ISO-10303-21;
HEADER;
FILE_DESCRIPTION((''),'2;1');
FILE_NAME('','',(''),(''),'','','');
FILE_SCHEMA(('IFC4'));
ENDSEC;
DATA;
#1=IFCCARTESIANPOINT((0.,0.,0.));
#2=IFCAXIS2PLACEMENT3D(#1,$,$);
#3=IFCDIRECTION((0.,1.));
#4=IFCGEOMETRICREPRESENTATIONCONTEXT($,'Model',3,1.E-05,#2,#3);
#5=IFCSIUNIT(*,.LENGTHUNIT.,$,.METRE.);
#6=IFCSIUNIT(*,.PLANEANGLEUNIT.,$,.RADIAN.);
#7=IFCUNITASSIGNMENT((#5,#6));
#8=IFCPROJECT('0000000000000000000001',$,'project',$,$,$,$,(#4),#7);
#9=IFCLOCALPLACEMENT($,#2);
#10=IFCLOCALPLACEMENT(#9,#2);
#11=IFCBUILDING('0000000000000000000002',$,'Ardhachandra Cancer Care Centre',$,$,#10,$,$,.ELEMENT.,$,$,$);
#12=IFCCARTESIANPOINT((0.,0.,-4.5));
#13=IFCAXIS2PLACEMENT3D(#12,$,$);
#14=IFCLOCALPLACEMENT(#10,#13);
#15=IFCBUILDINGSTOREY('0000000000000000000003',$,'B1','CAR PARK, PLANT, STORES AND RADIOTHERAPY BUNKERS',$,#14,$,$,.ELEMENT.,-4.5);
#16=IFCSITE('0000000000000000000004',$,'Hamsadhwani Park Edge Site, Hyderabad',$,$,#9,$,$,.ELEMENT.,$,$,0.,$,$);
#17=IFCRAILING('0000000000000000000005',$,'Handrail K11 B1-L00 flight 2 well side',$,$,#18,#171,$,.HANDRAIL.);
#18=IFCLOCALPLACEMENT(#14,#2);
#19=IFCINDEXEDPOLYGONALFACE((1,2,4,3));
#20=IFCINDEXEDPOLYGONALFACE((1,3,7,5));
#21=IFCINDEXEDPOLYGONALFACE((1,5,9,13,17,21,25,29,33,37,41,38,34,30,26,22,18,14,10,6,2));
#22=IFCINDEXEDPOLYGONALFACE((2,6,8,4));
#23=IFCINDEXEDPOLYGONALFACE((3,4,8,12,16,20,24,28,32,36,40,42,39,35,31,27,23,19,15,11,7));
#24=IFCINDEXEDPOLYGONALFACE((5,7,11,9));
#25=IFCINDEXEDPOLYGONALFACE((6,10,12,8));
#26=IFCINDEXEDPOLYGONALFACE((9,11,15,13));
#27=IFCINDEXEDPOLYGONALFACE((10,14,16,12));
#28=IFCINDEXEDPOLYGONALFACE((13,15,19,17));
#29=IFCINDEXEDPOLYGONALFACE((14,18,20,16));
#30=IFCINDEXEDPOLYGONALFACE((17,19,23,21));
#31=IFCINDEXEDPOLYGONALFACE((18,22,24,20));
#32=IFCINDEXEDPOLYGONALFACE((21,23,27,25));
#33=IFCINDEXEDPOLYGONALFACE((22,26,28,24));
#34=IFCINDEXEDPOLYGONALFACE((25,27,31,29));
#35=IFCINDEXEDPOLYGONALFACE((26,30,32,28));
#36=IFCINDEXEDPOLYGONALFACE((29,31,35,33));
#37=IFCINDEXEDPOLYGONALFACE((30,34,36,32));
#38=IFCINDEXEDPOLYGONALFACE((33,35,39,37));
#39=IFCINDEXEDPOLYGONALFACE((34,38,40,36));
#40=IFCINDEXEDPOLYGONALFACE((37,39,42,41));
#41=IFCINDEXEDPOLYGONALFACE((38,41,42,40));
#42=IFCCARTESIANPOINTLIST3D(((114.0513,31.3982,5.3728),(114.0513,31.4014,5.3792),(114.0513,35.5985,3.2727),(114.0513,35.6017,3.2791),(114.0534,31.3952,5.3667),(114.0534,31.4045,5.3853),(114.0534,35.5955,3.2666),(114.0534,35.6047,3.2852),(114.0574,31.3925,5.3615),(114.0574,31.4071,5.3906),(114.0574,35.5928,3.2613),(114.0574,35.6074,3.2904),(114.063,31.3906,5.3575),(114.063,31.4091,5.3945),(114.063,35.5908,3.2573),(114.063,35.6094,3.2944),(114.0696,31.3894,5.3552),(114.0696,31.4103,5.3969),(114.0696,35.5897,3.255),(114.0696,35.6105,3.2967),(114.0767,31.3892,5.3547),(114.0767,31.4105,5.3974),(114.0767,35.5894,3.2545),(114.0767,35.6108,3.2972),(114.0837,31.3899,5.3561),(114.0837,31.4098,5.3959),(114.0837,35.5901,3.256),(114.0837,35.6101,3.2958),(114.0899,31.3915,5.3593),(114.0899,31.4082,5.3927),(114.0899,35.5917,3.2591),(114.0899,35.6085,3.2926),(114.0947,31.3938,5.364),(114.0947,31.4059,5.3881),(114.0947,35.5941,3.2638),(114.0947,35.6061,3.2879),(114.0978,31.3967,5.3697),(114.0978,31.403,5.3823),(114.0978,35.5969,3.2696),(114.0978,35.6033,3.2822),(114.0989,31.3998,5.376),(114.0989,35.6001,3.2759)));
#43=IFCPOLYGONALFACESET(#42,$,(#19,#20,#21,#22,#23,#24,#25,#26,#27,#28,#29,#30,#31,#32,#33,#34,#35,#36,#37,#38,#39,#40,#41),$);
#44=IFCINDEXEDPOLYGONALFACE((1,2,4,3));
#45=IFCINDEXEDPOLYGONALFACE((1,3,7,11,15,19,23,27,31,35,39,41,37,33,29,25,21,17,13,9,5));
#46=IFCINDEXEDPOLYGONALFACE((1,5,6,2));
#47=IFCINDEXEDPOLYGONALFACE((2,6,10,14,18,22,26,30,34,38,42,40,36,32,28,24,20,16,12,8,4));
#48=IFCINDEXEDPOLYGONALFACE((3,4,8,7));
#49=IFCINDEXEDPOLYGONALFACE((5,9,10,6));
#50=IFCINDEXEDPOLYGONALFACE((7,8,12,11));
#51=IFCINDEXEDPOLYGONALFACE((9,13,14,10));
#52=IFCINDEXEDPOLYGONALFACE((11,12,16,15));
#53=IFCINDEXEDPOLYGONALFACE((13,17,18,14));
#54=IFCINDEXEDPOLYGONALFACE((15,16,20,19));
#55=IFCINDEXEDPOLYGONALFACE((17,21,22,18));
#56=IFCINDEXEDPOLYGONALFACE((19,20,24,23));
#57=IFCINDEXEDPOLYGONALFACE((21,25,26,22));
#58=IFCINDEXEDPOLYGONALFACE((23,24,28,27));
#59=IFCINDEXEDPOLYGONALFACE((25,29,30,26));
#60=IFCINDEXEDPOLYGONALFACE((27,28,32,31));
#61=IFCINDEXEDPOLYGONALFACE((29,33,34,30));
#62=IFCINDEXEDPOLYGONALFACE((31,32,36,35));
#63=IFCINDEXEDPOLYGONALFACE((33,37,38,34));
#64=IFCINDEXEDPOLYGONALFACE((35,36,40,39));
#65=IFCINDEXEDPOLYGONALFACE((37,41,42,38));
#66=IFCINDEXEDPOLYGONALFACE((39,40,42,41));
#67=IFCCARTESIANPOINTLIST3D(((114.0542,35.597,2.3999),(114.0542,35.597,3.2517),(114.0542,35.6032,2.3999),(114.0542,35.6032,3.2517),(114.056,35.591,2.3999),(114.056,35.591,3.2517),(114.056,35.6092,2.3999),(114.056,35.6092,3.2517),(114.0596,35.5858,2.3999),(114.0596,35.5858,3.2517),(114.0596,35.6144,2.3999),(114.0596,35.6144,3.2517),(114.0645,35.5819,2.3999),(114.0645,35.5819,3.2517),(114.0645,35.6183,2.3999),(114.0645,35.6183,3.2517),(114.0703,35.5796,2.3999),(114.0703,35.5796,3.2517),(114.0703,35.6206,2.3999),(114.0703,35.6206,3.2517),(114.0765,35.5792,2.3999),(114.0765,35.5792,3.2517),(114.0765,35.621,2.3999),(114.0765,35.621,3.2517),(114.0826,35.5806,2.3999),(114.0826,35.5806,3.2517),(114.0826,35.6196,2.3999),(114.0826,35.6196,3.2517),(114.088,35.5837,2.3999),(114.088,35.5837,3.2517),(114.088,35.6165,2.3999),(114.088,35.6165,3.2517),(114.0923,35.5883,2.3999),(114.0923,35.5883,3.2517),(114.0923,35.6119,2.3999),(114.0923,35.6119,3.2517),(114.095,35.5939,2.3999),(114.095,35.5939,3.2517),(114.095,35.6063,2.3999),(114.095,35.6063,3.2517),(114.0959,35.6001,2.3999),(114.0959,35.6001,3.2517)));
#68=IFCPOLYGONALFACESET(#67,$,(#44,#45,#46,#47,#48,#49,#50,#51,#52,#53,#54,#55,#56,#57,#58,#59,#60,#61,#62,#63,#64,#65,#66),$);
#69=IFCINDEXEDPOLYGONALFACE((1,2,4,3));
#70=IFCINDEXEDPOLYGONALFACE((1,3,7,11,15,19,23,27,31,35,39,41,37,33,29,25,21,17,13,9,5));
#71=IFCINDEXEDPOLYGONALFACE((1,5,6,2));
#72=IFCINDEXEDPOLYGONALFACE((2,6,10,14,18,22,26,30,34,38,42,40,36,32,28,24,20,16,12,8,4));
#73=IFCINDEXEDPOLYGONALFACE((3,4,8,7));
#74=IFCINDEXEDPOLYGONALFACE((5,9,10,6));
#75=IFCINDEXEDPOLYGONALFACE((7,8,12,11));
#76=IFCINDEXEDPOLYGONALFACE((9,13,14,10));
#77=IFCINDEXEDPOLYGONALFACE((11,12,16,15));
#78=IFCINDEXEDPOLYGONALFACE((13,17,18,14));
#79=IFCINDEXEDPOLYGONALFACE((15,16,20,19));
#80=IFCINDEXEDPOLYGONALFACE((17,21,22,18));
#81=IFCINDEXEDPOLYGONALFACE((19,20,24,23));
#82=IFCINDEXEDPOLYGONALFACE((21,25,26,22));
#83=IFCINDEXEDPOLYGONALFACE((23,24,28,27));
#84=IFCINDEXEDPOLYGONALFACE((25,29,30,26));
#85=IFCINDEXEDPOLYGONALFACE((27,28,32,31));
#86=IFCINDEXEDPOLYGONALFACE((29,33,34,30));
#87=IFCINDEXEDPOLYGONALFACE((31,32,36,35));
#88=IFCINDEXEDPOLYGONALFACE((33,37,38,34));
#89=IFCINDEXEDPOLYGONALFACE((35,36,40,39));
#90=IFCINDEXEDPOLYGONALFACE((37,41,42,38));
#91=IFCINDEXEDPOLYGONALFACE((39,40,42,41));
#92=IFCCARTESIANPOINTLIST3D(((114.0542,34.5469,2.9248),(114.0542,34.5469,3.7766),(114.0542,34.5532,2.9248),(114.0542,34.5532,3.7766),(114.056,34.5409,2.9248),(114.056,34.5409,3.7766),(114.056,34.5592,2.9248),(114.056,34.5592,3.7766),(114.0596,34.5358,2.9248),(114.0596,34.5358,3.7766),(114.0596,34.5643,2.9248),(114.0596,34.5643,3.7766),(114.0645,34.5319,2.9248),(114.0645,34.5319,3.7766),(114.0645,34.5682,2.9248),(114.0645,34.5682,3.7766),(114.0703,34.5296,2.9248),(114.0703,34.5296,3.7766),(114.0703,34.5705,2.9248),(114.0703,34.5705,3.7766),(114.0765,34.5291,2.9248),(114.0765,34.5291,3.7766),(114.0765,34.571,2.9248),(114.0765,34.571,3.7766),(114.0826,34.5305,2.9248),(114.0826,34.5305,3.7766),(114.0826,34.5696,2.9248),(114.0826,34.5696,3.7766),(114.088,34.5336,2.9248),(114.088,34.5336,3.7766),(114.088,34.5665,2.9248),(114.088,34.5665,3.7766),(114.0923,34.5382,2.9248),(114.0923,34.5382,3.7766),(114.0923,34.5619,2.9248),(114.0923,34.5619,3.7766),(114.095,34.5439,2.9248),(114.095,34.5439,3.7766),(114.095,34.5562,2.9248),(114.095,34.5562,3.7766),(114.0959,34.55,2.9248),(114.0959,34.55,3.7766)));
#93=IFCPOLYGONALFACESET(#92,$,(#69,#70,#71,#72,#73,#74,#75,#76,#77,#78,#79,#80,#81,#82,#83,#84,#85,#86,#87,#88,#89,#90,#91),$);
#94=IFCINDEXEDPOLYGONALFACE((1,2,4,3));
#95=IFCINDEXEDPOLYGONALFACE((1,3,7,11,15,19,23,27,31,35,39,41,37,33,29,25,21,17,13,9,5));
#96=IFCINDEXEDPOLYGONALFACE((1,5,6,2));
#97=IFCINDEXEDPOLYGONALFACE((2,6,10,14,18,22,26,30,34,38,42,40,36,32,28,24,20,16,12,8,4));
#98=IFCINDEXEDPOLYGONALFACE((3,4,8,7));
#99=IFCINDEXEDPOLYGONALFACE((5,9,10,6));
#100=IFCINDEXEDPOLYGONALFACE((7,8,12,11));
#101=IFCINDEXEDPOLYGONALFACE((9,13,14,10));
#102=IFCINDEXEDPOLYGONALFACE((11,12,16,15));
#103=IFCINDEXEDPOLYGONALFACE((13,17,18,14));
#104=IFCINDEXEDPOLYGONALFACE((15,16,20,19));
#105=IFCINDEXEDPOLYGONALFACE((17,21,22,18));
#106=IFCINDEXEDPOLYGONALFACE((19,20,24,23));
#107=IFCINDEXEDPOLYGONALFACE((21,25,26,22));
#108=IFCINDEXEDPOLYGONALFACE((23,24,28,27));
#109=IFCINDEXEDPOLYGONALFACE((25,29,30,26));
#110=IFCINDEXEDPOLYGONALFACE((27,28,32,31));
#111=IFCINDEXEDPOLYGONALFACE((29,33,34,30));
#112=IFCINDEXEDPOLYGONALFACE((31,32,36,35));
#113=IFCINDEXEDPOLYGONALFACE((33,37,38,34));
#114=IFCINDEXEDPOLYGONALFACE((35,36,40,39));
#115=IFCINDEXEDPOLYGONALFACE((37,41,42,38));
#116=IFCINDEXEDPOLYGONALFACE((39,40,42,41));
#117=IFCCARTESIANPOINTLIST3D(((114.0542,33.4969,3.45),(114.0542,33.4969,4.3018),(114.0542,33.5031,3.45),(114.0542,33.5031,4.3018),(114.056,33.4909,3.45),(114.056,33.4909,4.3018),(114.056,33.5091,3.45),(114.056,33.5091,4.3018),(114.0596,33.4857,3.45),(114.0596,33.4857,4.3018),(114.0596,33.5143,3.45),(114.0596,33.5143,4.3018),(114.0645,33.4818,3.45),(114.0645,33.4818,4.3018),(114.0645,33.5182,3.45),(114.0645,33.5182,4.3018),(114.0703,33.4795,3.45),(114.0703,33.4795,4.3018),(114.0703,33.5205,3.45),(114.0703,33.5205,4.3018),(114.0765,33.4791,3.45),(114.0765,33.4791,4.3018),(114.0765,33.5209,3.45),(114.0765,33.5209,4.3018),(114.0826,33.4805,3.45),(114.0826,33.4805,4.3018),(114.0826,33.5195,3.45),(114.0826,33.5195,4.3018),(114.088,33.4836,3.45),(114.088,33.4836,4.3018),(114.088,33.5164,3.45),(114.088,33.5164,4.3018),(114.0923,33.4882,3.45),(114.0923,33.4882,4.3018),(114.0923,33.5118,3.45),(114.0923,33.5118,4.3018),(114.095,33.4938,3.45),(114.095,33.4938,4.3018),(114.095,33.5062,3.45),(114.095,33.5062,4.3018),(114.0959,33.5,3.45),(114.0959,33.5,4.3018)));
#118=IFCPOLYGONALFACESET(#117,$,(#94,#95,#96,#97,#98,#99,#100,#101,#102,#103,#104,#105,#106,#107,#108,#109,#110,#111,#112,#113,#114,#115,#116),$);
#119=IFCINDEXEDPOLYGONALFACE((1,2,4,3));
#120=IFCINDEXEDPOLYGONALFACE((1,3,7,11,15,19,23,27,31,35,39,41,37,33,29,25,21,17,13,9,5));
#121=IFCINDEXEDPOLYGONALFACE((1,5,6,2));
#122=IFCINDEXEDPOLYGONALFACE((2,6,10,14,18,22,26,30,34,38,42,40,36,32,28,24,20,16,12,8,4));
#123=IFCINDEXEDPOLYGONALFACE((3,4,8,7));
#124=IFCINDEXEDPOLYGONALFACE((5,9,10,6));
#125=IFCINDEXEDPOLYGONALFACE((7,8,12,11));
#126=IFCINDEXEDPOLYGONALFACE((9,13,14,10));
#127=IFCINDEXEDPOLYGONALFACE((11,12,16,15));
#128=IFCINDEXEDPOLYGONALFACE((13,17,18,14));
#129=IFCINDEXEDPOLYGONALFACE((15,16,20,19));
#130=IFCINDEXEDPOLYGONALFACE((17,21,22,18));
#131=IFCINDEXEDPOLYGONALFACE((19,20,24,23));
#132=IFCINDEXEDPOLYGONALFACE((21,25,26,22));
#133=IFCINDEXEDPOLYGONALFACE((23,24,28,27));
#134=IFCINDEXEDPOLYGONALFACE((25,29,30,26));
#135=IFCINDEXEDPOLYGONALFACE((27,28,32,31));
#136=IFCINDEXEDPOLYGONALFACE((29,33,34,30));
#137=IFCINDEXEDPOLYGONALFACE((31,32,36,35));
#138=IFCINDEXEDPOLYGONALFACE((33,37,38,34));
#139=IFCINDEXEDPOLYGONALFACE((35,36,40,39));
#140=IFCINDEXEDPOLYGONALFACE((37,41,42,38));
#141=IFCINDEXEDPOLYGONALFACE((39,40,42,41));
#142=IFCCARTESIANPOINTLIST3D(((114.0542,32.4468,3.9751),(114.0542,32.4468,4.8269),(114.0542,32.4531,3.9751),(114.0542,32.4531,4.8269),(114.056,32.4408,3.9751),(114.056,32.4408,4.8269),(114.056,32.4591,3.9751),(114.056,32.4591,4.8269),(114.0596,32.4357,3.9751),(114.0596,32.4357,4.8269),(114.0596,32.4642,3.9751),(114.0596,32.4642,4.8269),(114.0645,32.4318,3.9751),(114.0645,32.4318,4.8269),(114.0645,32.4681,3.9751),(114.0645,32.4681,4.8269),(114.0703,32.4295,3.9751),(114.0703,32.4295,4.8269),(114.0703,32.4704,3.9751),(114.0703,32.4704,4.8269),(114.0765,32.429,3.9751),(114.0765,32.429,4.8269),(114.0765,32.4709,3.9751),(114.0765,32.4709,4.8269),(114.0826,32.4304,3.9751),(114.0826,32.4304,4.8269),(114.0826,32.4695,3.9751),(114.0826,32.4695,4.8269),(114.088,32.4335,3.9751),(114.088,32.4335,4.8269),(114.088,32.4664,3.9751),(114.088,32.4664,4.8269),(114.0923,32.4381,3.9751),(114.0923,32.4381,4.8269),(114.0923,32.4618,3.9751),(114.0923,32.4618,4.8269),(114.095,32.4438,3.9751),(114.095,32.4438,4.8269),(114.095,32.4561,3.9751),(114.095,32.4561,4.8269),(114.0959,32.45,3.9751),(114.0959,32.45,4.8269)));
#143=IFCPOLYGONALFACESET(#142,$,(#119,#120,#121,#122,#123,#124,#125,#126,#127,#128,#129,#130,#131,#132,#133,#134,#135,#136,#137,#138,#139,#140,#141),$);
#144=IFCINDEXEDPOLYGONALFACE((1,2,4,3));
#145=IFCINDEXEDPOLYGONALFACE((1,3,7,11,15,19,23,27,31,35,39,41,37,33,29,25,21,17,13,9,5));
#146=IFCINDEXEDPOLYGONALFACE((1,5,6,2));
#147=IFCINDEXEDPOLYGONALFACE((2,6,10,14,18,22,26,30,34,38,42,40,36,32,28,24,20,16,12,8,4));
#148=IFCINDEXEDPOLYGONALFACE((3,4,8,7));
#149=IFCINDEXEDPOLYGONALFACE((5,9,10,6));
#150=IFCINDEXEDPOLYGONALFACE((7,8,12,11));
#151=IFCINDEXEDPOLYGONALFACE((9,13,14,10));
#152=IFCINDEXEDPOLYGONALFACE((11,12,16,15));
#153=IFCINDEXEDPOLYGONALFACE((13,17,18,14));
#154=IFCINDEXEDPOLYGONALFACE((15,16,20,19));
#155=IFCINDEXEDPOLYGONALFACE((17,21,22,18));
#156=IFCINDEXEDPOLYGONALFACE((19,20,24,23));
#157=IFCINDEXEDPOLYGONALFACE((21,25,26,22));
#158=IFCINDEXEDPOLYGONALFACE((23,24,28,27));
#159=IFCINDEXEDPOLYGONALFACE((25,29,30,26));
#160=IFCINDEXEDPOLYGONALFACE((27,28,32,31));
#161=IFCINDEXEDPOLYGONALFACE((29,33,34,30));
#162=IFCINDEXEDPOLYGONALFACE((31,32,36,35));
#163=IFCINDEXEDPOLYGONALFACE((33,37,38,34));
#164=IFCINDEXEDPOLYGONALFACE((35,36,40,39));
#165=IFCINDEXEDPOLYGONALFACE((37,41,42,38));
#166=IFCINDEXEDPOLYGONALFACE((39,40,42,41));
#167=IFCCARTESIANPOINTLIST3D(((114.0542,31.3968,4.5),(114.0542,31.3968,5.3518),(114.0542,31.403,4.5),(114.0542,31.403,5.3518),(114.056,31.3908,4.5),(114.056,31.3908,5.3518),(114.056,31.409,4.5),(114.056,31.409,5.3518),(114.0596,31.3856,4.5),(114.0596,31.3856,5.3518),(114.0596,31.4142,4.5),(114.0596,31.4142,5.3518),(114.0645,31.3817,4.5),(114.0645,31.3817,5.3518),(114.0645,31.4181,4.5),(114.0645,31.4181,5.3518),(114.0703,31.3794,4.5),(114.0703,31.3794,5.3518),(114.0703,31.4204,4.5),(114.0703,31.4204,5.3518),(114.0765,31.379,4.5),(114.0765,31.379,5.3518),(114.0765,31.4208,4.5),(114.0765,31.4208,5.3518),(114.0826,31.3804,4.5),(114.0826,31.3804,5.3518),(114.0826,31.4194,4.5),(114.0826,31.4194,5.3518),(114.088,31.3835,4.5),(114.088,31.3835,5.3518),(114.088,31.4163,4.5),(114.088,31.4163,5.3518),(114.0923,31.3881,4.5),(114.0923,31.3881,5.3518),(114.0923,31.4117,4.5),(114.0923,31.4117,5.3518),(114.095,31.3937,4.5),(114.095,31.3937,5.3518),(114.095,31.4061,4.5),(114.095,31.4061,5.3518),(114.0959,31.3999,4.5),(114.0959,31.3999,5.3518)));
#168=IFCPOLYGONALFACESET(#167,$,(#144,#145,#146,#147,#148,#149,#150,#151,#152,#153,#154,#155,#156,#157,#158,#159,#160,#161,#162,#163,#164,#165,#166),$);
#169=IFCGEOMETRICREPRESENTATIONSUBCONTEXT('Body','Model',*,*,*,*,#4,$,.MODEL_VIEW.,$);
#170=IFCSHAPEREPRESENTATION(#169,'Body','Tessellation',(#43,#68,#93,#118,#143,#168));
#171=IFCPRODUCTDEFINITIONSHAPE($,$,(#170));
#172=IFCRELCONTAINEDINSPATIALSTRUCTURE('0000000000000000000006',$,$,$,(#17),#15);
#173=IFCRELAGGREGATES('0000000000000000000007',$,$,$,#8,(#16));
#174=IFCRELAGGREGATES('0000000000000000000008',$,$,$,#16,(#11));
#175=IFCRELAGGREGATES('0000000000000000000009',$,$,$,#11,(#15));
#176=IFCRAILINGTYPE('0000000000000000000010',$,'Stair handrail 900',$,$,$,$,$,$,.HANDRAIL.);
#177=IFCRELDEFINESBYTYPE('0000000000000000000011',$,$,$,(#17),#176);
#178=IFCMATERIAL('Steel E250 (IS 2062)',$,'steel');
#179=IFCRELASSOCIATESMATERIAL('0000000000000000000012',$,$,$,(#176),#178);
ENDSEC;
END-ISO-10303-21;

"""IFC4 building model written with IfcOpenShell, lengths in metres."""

from ifc_helpers import new_model, si_unit, direction, frame, origin, origin_2d, place, context, subcontext, project, spatial, circle, extrude, material, type_object, element, save


model = new_model("IFC4")

# Units and contexts
model_context = context("Model", 3, precision=1e-05, world=origin(), true_north=direction((0.0, 1.0)))
body_context = subcontext(model_context, "Body", "Model", "MODEL_VIEW")
ifc_project = project(units=[si_unit("LENGTHUNIT", "METRE"), si_unit("PLANEANGLEUNIT", "RADIAN")], contexts=[model_context])

# Site, building, storey
site_placement = place(None, origin())
site = spatial("IfcSite", under=ifc_project, at=site_placement, Name="Hamsadhwani Park Edge Site, Hyderabad", CompositionType="ELEMENT", RefElevation=0.0)
building_placement = place(site_placement, origin())
building = spatial("IfcBuilding", under=site, at=building_placement, Name="Ardhachandra Cancer Care Centre", CompositionType="ELEMENT")
storey_placement = place(building_placement, frame((0.0, 0.0, -4.5)))
storey = spatial("IfcBuildingStorey", under=building, at=storey_placement, Name="B1", Description="CAR PARK, PLANT, STORES AND RADIOTHERAPY BUNKERS", CompositionType="ELEMENT", Elevation=-4.5)

# Railing
ifc_material_1 = material(Name="Steel E250 (IS 2062)", Category="steel")
railing_type = type_object("IfcRailingType", Name="Stair handrail 900", PredefinedType="HANDRAIL", material=ifc_material_1)
for number, where, name in (
    (1, (114.075, 35.6001, 2.3999), "Handrail K11 B1-L00 flight 2 well side"),
):
    element("IfcRailing", number, at=place(storey_placement, frame(where)), inside=storey, type_object=railing_type, Name=name, PredefinedType="HANDRAIL", context=body_context, shape_type="SweptSolid", body=[
        extrude(circle(Radius=0.0239, at=origin_2d()), frame((0.0, 0.0, 0.876), z_axis=(0.0, -0.894427, 0.447214), x_axis=(1.0, 0.0, 0.0)), (0.0, 0.0, 1.0), 4.696),
        extrude(circle(Radius=0.021, at=origin_2d()), origin(), (0.0, 0.0, 1.0), 0.8518),
        extrude(circle(Radius=0.021, at=origin_2d()), frame((0.0, -1.05, 0.5249)), (0.0, 0.0, 1.0), 0.8518),
        extrude(circle(Radius=0.021, at=origin_2d()), frame((0.0, -2.1001, 1.05)), (0.0, 0.0, 1.0), 0.8518),
        extrude(circle(Radius=0.021, at=origin_2d()), frame((0.0, -3.1501, 1.5752)), (0.0, 0.0, 1.0), 0.8518),
        extrude(circle(Radius=0.021, at=origin_2d()), frame((0.0, -4.2002, 2.1001)), (0.0, 0.0, 1.0), 0.8518),
    ])

save(model, "model.ifc")
